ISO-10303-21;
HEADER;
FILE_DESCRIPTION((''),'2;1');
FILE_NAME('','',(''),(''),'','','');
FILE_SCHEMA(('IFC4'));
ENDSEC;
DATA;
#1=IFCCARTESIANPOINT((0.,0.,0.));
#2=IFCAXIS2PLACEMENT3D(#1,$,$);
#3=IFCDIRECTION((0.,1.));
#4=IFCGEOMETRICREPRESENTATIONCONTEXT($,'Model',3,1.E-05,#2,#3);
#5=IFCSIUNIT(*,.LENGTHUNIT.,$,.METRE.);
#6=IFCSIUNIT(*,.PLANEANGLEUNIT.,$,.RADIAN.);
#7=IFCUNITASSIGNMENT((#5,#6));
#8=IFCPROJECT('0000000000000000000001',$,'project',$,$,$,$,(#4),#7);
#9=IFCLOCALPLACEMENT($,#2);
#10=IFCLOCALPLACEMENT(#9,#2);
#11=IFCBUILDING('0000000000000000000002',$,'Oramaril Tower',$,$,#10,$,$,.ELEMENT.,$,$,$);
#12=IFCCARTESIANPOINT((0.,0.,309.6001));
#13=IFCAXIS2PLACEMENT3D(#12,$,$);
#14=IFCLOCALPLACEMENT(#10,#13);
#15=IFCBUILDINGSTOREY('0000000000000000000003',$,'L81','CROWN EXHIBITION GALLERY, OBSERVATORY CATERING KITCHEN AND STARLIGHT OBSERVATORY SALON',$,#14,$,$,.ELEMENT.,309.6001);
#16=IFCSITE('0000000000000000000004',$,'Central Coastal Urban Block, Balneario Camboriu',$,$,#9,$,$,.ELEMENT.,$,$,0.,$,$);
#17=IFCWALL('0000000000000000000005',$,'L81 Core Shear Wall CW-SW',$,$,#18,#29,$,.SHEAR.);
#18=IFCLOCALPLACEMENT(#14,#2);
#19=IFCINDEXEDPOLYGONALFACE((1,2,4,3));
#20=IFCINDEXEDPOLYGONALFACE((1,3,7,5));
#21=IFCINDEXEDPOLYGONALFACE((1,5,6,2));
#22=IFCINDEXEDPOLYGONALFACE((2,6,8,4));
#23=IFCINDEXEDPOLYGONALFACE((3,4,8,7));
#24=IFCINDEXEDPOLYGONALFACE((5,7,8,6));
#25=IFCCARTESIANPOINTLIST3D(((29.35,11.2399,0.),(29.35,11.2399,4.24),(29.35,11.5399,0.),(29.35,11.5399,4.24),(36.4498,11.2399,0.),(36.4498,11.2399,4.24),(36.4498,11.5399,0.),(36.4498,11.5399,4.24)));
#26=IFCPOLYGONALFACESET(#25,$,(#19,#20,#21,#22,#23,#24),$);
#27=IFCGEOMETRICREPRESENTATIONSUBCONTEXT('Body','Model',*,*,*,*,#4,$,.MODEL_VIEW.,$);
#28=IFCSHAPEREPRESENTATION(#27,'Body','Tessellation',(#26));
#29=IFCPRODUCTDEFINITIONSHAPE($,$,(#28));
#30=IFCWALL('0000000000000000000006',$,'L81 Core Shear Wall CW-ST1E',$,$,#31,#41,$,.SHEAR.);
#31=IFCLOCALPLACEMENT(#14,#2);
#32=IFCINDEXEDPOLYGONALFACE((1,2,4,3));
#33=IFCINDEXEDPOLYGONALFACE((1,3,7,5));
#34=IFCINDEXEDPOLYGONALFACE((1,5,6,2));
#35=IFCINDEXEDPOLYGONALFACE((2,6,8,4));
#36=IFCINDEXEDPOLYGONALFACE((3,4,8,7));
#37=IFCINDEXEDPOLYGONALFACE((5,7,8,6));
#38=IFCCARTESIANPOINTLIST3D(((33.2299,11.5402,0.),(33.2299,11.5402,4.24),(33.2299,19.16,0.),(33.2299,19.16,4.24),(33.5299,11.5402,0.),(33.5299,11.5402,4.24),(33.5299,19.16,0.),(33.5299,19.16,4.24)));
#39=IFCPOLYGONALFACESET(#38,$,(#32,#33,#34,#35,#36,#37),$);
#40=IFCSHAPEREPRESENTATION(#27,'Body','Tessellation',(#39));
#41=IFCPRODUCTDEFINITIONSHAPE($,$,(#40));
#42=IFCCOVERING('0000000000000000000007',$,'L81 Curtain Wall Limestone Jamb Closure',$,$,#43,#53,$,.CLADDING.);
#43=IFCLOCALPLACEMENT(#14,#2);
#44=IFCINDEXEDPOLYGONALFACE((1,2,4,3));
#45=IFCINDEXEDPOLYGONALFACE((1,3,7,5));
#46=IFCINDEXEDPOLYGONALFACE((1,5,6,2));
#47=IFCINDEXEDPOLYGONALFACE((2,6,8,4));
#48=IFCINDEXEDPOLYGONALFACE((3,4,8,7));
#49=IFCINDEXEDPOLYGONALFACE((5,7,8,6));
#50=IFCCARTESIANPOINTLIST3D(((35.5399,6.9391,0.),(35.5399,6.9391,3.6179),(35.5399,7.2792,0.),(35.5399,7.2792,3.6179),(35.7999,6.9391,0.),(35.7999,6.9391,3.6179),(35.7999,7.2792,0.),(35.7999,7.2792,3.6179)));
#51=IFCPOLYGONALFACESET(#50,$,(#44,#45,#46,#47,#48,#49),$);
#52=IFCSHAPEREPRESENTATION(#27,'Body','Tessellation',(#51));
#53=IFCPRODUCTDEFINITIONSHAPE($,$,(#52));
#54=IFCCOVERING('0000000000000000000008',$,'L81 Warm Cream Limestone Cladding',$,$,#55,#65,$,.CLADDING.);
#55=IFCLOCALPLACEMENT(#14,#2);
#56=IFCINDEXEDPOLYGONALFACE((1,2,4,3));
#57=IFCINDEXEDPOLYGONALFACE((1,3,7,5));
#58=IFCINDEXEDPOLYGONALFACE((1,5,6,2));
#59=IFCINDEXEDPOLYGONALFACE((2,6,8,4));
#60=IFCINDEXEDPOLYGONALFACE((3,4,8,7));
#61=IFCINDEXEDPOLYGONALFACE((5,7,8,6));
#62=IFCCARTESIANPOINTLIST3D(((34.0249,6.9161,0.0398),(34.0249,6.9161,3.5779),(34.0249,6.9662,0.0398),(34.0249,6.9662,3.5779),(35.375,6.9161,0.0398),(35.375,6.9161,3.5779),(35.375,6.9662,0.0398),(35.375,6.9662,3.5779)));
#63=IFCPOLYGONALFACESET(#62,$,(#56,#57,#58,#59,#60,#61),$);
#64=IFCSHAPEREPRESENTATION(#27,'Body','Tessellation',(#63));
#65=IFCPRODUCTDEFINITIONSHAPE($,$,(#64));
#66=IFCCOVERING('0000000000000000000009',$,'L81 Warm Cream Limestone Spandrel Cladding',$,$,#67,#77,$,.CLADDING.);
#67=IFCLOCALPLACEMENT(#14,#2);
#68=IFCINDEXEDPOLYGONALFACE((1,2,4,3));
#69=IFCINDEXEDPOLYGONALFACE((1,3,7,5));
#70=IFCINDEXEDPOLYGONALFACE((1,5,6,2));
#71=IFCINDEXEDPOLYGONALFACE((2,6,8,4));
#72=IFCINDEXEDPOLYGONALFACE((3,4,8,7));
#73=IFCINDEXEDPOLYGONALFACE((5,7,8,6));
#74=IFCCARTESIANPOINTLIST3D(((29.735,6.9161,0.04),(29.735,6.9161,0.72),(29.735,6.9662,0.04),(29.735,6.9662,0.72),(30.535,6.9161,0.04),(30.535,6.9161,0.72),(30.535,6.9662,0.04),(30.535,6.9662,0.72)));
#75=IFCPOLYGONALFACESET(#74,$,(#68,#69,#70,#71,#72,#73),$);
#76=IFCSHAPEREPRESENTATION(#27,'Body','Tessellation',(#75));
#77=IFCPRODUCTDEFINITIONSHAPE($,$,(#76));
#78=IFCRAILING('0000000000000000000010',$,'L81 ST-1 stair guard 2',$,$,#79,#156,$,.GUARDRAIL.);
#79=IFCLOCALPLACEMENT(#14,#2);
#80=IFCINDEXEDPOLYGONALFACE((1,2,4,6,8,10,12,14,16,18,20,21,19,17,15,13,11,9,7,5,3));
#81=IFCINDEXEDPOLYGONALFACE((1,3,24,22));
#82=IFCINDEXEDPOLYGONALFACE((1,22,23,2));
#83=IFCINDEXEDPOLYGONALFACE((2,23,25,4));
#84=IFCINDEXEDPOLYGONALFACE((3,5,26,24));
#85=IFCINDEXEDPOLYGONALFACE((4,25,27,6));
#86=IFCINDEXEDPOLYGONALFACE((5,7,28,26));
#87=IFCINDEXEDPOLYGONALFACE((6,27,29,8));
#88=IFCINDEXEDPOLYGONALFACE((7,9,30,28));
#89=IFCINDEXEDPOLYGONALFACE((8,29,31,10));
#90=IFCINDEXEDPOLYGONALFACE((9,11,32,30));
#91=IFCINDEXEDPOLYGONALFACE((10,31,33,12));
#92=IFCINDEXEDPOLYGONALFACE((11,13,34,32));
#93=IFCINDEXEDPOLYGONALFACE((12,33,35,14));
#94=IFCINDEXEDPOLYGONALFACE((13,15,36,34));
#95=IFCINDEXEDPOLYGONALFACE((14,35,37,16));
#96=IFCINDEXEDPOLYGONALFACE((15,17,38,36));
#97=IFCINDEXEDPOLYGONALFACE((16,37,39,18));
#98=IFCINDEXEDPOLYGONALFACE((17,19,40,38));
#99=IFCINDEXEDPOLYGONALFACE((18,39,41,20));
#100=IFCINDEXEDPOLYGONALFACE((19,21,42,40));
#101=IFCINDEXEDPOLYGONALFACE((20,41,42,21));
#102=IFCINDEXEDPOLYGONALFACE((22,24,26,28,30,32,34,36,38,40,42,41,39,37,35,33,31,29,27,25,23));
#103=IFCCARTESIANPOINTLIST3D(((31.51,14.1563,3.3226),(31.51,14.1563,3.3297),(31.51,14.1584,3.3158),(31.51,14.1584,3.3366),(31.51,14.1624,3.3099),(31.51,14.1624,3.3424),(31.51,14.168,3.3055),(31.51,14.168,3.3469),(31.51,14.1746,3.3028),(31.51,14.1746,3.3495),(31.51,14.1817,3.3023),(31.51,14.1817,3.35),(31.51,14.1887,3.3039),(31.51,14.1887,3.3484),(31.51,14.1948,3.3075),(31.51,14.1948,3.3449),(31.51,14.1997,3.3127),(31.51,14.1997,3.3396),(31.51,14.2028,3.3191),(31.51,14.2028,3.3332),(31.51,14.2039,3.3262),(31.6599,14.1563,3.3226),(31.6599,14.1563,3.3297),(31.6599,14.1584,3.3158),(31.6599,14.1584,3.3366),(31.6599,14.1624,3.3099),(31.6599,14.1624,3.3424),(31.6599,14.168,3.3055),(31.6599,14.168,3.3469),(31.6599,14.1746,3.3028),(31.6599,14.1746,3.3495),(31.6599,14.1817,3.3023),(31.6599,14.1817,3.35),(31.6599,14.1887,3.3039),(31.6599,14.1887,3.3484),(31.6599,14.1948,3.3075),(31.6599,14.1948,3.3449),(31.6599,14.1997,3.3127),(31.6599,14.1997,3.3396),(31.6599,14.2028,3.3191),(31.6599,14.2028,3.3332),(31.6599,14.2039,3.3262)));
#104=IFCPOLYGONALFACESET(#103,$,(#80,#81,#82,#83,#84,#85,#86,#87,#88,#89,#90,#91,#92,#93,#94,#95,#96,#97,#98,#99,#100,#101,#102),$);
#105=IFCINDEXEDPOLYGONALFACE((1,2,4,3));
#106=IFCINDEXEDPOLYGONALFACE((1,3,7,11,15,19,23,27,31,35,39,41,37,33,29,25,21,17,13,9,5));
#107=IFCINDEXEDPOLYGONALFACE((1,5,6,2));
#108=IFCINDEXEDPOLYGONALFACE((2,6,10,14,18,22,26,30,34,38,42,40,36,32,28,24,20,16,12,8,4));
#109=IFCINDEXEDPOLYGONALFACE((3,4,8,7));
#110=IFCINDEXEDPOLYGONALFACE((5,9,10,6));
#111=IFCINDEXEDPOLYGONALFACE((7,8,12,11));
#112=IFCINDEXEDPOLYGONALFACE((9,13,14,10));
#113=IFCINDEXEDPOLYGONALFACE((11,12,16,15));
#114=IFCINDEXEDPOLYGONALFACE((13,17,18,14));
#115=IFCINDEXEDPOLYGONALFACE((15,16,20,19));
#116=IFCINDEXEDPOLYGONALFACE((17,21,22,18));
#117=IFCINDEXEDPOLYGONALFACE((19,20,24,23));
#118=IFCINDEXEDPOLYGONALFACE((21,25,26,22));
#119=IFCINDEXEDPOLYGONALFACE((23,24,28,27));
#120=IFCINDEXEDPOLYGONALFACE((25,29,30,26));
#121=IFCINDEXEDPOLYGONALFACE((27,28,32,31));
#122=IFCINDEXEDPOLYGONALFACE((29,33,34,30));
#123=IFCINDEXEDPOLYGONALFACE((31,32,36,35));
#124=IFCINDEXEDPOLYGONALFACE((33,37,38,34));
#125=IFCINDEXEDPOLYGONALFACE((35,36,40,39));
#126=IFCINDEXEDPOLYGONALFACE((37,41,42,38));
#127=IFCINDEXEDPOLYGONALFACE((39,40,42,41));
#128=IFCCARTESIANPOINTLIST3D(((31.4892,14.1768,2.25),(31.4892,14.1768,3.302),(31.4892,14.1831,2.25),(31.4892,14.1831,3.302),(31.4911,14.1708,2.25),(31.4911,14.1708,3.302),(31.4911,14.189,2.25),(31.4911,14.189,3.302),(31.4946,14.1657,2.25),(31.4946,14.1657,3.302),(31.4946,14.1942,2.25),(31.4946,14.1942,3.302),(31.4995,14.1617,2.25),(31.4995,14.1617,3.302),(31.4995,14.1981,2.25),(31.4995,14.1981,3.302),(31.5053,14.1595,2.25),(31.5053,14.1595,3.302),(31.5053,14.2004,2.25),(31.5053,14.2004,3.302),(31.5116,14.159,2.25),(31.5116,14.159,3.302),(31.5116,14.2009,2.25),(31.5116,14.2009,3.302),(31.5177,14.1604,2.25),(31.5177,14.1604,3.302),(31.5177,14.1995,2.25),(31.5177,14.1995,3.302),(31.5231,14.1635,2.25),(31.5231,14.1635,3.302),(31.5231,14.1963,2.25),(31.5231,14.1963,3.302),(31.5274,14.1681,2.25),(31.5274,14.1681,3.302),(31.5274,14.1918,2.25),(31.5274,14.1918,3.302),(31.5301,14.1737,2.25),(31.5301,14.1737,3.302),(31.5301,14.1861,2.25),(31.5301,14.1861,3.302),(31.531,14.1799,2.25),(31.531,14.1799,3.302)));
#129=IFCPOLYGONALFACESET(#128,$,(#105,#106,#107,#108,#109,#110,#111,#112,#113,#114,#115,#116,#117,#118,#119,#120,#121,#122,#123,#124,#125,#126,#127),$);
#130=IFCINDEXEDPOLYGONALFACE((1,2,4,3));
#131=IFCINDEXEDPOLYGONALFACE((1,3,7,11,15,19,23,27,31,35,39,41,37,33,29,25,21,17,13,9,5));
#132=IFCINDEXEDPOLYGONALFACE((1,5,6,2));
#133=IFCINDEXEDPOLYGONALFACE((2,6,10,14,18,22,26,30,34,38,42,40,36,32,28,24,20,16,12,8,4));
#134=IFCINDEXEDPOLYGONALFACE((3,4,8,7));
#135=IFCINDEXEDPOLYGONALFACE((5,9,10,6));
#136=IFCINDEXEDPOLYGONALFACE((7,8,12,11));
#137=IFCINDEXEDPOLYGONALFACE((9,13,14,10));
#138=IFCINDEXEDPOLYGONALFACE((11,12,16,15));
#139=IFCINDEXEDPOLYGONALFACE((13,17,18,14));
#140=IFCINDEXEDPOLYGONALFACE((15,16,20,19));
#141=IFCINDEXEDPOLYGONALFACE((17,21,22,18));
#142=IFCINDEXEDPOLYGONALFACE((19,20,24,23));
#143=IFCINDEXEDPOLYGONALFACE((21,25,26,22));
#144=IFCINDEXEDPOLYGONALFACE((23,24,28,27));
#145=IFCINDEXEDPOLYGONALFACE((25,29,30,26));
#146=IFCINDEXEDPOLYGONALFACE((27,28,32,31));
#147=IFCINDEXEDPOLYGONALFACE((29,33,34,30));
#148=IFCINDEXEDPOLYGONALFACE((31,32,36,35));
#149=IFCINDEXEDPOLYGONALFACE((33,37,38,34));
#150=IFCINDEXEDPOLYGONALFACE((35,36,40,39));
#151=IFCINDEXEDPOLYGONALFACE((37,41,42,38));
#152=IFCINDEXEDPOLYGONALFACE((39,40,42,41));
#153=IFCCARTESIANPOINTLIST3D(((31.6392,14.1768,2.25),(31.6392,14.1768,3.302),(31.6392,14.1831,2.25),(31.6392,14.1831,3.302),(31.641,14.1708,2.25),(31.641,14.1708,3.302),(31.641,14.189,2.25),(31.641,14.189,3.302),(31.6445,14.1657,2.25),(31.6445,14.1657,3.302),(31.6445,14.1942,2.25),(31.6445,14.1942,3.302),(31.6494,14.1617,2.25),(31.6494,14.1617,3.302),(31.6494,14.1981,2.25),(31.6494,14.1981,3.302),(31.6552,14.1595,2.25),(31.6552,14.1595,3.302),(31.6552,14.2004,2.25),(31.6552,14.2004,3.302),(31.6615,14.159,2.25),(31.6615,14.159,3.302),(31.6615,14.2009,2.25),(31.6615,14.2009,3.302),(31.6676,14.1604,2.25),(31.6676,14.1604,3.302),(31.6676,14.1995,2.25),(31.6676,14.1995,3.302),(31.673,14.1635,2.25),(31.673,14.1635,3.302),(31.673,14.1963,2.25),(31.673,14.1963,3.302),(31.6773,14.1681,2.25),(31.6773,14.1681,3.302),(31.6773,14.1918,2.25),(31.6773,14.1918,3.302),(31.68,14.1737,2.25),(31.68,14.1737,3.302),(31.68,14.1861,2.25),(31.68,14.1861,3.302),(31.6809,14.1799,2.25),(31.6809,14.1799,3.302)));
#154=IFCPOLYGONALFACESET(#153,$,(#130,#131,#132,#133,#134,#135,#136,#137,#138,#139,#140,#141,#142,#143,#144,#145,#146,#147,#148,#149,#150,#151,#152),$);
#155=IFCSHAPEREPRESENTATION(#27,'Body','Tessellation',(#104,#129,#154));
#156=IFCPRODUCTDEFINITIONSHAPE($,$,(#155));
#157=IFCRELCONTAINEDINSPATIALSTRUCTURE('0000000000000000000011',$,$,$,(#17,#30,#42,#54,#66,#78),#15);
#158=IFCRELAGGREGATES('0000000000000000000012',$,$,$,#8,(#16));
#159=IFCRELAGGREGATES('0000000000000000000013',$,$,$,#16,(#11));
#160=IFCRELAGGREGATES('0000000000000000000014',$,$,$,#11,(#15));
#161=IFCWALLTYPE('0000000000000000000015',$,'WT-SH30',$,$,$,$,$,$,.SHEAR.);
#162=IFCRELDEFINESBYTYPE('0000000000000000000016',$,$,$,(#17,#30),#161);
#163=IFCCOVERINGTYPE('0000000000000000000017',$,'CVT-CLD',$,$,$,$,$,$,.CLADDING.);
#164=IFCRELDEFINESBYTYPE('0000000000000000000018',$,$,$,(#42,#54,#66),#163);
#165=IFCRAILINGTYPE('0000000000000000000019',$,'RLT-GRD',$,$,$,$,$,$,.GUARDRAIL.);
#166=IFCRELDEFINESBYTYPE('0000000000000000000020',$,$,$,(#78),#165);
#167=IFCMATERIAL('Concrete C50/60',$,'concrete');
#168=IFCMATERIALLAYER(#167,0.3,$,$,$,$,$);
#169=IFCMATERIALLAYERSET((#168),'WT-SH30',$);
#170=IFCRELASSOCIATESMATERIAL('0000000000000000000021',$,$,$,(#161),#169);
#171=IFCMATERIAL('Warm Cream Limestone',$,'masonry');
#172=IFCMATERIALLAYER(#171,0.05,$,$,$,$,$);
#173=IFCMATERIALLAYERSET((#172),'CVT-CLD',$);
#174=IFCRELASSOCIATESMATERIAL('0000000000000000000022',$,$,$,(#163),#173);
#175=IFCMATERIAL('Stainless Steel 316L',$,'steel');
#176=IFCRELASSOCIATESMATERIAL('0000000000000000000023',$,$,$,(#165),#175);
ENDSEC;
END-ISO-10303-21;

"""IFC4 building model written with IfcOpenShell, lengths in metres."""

from ifc_helpers import new_model, si_unit, direction, frame, frame_2d, origin, origin_2d, place, context, subcontext, project, spatial, rectangle, circle, extrude, material, layer, layer_set, type_object, element, save


model = new_model("IFC4")

# Units and contexts
model_context = context("Model", 3, precision=1e-05, world=origin(), true_north=direction((0.0, 1.0)))
body_context = subcontext(model_context, "Body", "Model", "MODEL_VIEW")
ifc_project = project(units=[si_unit("LENGTHUNIT", "METRE"), si_unit("PLANEANGLEUNIT", "RADIAN")], contexts=[model_context])

# Site, building, storey
site_placement = place(None, origin())
site = spatial("IfcSite", under=ifc_project, at=site_placement, Name="Central Coastal Urban Block, Balneario Camboriu", CompositionType="ELEMENT", RefElevation=0.0)
building_placement = place(site_placement, origin())
building = spatial("IfcBuilding", under=site, at=building_placement, Name="Oramaril Tower", CompositionType="ELEMENT")
storey_placement = place(building_placement, frame((0.0, 0.0, 309.6001)))
storey = spatial("IfcBuildingStorey", under=building, at=storey_placement, Name="L81", Description="CROWN EXHIBITION GALLERY, OBSERVATORY CATERING KITCHEN AND STARLIGHT OBSERVATORY SALON", CompositionType="ELEMENT", Elevation=309.6001)

# Walls
ifc_material_1 = material(Name="Concrete C50/60", Category="concrete")
ifc_layer_1 = layer(ifc_material_1, 0.3)
ifc_layer_set_1 = layer_set([ifc_layer_1], Name="WT-SH30")
wall_type_1 = type_object("IfcWallType", Name="WT-SH30", PredefinedType="SHEAR", material=ifc_layer_set_1)
wall_1_placement = place(storey_placement, frame((29.3501, 11.3899, 0.0), z_axis=(0.0, 0.0, 1.0), x_axis=(1.0, 0.0, 0.0)))
element("IfcWall", 1, at=wall_1_placement, inside=storey, type_object=wall_type_1, Name="L81 Core Shear Wall CW-SW", PredefinedType="SHEAR", context=body_context, shape_type="SweptSolid", body=[
    extrude(rectangle(XDim=7.0999, YDim=0.3, at=frame_2d((3.5498, 0.0))), origin(), (0.0, 0.0, 1.0), 4.24),
])
wall_2_placement = place(storey_placement, frame((33.3799, 11.54, 0.0), z_axis=(0.0, 0.0, 1.0), x_axis=(0.0, 1.0, 0.0)))
element("IfcWall", 2, at=wall_2_placement, inside=storey, type_object=wall_type_1, Name="L81 Core Shear Wall CW-ST1E", PredefinedType="SHEAR", context=body_context, shape_type="SweptSolid", body=[
    extrude(rectangle(XDim=7.6199, YDim=0.3, at=frame_2d((3.8101, 0.0))), origin(), (0.0, 0.0, 1.0), 4.24),
])

# Coverings
ifc_material_2 = material(Name="Warm Cream Limestone", Category="masonry")
ifc_layer_2 = layer(ifc_material_2, 0.05)
ifc_layer_set_2 = layer_set([ifc_layer_2], Name="CVT-CLD")
covering_type = type_object("IfcCoveringType", Name="CVT-CLD", PredefinedType="CLADDING", material=ifc_layer_set_2)
covering_1_placement = place(storey_placement, frame((35.6699, 7.1091, 0.0), z_axis=(0.0, 0.0, 1.0), x_axis=(1.0, 0.0, 0.0)))
element("IfcCovering", 3, at=covering_1_placement, inside=storey, type_object=covering_type, Name="L81 Curtain Wall Limestone Jamb Closure", PredefinedType="CLADDING", context=body_context, shape_type="SweptSolid", body=[
    extrude(rectangle(XDim=0.26, YDim=0.3401, at=origin_2d()), origin(), (0.0, 0.0, 1.0), 3.6179),
])
covering_2_placement = place(storey_placement, frame((34.7, 6.9412, 0.0398), z_axis=(0.0, 0.0, 1.0), x_axis=(1.0, 0.0, 0.0)))
element("IfcCovering", 4, at=covering_2_placement, inside=storey, type_object=covering_type, Name="L81 Warm Cream Limestone Cladding", PredefinedType="CLADDING", context=body_context, shape_type="SweptSolid", body=[
    extrude(rectangle(XDim=1.3501, YDim=0.05, at=origin_2d()), origin(), (0.0, 0.0, 1.0), 3.5381),
])
covering_3_placement = place(storey_placement, frame((30.135, 6.9412, 0.04), z_axis=(0.0, 0.0, 1.0), x_axis=(1.0, 0.0, 0.0)))
element("IfcCovering", 5, at=covering_3_placement, inside=storey, type_object=covering_type, Name="L81 Warm Cream Limestone Spandrel Cladding", PredefinedType="CLADDING", context=body_context, shape_type="SweptSolid", body=[
    extrude(rectangle(XDim=0.8, YDim=0.05, at=origin_2d()), origin(), (0.0, 0.0, 1.0), 0.6799),
])

# Railing
ifc_material_3 = material(Name="Stainless Steel 316L", Category="steel")
railing_type = type_object("IfcRailingType", Name="RLT-GRD", PredefinedType="GUARDRAIL", material=ifc_material_3)
railing_1_placement = place(storey_placement, frame((31.51, 14.1799, 2.25)))
element("IfcRailing", 6, at=railing_1_placement, inside=storey, type_object=railing_type, Name="L81 ST-1 stair guard 2", PredefinedType="GUARDRAIL", context=body_context, shape_type="SweptSolid", body=[
    extrude(circle(Radius=0.0239, at=origin_2d()), frame((0.0, 0.0, 1.0762), z_axis=(1.0, 0.0, 0.0), x_axis=(0.0, 1.0, 0.0)), (0.0, 0.0, 1.0), 0.1499),
    extrude(circle(Radius=0.021, at=origin_2d()), origin(), (0.0, 0.0, 1.0), 1.052),
    extrude(circle(Radius=0.021, at=origin_2d()), frame((0.1499, 0.0, 0.0)), (0.0, 0.0, 1.0), 1.052),
])

save(model, "model.ifc")
